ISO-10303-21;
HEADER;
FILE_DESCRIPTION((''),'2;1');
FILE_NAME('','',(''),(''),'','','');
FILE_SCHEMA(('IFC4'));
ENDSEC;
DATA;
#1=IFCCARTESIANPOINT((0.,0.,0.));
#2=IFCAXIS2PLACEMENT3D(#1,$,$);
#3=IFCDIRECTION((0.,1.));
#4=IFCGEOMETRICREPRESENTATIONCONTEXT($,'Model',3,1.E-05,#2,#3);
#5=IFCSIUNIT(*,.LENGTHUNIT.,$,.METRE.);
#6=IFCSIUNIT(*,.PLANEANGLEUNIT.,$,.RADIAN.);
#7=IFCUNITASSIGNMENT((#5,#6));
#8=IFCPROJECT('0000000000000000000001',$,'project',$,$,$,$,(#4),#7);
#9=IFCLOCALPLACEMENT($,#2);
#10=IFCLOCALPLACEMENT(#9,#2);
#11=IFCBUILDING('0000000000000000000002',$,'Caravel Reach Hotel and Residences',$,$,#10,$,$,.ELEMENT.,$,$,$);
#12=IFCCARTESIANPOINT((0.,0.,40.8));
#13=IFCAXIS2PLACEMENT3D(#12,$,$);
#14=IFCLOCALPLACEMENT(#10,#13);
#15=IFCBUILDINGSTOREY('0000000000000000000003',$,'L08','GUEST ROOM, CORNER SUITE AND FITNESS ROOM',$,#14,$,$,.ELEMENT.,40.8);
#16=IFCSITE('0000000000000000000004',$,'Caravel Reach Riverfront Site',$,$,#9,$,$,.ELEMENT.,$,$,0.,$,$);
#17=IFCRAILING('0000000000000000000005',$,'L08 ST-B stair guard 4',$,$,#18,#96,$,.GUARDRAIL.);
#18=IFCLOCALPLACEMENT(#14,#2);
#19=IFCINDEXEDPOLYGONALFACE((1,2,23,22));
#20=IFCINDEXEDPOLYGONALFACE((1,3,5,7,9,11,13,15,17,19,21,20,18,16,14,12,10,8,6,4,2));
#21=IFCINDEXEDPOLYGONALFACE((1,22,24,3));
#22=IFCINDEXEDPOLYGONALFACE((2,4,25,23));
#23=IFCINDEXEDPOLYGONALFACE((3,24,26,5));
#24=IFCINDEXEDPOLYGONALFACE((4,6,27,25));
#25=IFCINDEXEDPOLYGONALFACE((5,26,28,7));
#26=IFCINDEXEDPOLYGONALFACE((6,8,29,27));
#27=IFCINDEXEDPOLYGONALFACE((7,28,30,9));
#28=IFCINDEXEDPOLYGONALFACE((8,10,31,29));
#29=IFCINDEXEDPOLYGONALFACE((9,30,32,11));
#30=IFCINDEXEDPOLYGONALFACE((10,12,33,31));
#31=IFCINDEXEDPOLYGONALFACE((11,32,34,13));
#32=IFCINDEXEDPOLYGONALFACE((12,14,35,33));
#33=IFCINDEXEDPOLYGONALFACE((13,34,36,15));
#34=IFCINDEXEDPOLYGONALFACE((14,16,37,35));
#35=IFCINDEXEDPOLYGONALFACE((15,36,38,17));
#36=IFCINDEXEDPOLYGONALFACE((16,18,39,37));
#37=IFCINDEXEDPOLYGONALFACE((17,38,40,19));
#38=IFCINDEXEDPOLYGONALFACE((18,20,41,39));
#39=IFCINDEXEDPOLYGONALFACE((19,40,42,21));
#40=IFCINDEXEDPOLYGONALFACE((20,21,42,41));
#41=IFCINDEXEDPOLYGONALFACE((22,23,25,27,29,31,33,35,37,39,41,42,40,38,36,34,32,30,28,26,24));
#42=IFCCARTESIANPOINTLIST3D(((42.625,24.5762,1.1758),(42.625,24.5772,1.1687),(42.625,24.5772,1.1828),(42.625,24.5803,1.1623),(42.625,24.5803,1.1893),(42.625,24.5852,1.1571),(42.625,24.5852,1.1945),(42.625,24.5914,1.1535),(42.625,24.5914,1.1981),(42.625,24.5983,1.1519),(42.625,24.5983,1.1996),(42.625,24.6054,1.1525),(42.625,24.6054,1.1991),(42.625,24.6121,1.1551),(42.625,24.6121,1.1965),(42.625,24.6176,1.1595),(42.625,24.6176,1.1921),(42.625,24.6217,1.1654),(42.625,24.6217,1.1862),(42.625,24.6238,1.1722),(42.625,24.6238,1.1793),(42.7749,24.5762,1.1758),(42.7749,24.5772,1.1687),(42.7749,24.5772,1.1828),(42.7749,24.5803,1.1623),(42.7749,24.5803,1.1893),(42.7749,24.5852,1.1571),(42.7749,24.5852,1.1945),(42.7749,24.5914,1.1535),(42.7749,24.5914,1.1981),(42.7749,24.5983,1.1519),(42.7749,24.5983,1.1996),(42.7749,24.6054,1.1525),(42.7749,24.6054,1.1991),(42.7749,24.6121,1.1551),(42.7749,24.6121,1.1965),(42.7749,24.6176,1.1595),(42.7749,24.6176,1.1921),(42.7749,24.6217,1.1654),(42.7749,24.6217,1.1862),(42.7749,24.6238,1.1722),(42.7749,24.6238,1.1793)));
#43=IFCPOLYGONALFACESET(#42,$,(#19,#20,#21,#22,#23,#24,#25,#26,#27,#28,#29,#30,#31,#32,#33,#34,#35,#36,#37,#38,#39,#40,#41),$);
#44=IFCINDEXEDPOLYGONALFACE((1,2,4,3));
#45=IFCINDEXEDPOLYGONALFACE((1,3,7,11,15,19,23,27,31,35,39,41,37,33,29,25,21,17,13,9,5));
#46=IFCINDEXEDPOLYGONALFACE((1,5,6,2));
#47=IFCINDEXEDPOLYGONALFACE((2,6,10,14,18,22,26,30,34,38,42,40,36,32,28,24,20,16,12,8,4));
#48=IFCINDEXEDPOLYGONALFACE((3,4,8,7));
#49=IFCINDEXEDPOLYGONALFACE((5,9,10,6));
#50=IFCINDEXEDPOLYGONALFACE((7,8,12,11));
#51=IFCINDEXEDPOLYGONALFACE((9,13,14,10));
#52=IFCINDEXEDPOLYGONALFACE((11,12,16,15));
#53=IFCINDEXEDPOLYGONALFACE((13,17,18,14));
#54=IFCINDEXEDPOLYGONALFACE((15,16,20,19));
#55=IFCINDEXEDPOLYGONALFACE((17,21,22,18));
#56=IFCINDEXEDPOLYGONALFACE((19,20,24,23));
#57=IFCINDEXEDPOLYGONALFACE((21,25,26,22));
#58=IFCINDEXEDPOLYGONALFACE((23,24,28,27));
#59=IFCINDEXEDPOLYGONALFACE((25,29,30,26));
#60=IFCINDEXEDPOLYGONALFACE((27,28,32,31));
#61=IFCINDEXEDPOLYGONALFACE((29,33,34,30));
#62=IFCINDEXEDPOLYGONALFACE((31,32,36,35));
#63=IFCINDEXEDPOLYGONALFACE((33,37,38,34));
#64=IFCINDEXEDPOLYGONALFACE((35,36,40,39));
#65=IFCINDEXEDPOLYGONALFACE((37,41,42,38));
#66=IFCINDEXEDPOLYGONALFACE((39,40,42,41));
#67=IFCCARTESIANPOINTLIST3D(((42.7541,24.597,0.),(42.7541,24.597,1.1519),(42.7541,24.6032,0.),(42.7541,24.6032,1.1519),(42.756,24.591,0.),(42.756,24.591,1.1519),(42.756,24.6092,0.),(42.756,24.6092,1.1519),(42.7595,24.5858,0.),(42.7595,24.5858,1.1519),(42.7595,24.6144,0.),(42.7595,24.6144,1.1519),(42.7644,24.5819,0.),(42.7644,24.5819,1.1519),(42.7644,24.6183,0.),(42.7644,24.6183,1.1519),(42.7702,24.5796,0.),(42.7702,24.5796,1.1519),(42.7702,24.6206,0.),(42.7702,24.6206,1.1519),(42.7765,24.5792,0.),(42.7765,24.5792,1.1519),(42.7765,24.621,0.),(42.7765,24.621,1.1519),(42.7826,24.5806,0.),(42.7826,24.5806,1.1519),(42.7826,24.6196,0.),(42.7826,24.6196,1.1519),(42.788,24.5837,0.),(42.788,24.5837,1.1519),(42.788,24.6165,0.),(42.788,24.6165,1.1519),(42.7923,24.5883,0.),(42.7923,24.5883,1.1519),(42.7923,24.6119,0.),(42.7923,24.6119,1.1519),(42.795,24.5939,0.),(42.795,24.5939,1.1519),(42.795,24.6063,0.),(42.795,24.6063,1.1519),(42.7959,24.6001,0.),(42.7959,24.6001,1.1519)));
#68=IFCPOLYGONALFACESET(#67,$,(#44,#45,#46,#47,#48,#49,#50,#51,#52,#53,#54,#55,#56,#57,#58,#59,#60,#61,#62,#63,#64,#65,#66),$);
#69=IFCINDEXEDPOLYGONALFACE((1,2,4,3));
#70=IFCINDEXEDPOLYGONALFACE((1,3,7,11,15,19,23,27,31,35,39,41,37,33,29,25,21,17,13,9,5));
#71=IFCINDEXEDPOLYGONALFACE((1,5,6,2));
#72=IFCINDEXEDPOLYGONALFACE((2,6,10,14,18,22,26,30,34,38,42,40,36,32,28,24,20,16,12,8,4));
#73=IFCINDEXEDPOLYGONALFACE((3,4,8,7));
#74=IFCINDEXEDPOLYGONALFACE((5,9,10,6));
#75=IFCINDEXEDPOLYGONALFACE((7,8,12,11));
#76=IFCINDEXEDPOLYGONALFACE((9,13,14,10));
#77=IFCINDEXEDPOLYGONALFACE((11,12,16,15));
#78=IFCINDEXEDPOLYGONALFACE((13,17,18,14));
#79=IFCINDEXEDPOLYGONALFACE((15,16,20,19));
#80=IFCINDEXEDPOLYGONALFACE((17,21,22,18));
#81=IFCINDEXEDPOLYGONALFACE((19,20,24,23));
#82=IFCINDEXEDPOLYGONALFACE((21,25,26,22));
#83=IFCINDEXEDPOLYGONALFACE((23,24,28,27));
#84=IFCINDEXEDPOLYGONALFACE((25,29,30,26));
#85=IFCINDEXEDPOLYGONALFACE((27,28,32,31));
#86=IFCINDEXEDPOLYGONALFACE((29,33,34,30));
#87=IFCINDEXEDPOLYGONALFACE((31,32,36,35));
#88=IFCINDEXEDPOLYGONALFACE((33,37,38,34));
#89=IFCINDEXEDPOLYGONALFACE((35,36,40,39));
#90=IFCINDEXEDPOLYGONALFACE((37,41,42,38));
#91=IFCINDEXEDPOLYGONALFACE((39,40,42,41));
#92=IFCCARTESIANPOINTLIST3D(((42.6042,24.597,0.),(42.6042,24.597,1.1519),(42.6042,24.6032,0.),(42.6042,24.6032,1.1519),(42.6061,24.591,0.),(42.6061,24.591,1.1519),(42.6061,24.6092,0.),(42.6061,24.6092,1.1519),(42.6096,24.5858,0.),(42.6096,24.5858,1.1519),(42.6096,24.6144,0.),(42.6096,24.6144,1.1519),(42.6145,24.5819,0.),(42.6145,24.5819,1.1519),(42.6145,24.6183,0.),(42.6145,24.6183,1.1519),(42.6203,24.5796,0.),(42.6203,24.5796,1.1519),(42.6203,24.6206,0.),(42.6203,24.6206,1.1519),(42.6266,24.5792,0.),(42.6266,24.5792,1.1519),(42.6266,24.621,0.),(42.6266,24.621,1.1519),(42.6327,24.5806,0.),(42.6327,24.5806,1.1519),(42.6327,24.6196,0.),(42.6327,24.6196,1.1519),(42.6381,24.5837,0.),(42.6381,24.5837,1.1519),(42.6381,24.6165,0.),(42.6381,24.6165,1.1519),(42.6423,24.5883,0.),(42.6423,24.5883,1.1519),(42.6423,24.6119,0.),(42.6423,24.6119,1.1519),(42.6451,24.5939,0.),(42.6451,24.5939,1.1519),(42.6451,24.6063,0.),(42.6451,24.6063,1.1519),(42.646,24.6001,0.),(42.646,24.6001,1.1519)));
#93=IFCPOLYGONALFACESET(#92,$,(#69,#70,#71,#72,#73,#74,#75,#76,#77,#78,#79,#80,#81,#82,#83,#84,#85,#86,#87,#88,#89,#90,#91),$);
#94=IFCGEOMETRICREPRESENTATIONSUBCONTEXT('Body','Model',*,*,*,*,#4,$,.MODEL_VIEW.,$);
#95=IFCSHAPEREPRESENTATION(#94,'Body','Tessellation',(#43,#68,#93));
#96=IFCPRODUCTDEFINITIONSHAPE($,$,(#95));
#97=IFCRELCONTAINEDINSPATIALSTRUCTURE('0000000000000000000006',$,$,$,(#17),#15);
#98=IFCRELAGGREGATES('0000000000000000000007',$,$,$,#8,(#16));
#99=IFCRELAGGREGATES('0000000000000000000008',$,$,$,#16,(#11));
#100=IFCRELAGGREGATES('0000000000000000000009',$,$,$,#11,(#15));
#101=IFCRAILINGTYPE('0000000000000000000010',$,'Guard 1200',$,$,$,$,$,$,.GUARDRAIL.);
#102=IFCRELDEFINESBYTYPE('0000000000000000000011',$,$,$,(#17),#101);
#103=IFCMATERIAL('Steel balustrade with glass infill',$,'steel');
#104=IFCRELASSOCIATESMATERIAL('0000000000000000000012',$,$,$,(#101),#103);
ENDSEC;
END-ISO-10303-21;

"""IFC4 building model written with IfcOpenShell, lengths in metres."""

from ifc_helpers import new_model, si_unit, direction, frame, origin, origin_2d, place, context, subcontext, project, spatial, circle, extrude, material, type_object, element, save


model = new_model("IFC4")

# Units and contexts
model_context = context("Model", 3, precision=1e-05, world=origin(), true_north=direction((0.0, 1.0)))
body_context = subcontext(model_context, "Body", "Model", "MODEL_VIEW")
ifc_project = project(units=[si_unit("LENGTHUNIT", "METRE"), si_unit("PLANEANGLEUNIT", "RADIAN")], contexts=[model_context])

# Site, building, storey
site_placement = place(None, origin())
site = spatial("IfcSite", under=ifc_project, at=site_placement, Name="Caravel Reach Riverfront Site", CompositionType="ELEMENT", RefElevation=0.0)
building_placement = place(site_placement, origin())
building = spatial("IfcBuilding", under=site, at=building_placement, Name="Caravel Reach Hotel and Residences", CompositionType="ELEMENT")
storey_placement = place(building_placement, frame((0.0, 0.0, 40.8)))
storey = spatial("IfcBuildingStorey", under=building, at=storey_placement, Name="L08", Description="GUEST ROOM, CORNER SUITE AND FITNESS ROOM", CompositionType="ELEMENT", Elevation=40.8)

# Railing
ifc_material_1 = material(Name="Steel balustrade with glass infill", Category="steel")
railing_type_1 = type_object("IfcRailingType", Name="Guard 1200", PredefinedType="GUARDRAIL", material=ifc_material_1)
railing_1_placement = place(storey_placement, frame((42.7749, 24.6001, 0.0)))
element("IfcRailing", 1, at=railing_1_placement, inside=storey, type_object=railing_type_1, Name="L08 ST-B stair guard 4", PredefinedType="GUARDRAIL", context=body_context, shape_type="SweptSolid", body=[
    extrude(circle(Radius=0.0239, at=origin_2d()), frame((0.0, 0.0, 1.1758), z_axis=(-1.0, 0.0, 0.0), x_axis=(0.0, -1.0, 0.0)), (0.0, 0.0, 1.0), 0.1499),
    extrude(circle(Radius=0.021, at=origin_2d()), origin(), (0.0, 0.0, 1.0), 1.1519),
    extrude(circle(Radius=0.021, at=origin_2d()), frame((-0.1499, 0.0, 0.0)), (0.0, 0.0, 1.0), 1.1519),
])

save(model, "model.ifc")
